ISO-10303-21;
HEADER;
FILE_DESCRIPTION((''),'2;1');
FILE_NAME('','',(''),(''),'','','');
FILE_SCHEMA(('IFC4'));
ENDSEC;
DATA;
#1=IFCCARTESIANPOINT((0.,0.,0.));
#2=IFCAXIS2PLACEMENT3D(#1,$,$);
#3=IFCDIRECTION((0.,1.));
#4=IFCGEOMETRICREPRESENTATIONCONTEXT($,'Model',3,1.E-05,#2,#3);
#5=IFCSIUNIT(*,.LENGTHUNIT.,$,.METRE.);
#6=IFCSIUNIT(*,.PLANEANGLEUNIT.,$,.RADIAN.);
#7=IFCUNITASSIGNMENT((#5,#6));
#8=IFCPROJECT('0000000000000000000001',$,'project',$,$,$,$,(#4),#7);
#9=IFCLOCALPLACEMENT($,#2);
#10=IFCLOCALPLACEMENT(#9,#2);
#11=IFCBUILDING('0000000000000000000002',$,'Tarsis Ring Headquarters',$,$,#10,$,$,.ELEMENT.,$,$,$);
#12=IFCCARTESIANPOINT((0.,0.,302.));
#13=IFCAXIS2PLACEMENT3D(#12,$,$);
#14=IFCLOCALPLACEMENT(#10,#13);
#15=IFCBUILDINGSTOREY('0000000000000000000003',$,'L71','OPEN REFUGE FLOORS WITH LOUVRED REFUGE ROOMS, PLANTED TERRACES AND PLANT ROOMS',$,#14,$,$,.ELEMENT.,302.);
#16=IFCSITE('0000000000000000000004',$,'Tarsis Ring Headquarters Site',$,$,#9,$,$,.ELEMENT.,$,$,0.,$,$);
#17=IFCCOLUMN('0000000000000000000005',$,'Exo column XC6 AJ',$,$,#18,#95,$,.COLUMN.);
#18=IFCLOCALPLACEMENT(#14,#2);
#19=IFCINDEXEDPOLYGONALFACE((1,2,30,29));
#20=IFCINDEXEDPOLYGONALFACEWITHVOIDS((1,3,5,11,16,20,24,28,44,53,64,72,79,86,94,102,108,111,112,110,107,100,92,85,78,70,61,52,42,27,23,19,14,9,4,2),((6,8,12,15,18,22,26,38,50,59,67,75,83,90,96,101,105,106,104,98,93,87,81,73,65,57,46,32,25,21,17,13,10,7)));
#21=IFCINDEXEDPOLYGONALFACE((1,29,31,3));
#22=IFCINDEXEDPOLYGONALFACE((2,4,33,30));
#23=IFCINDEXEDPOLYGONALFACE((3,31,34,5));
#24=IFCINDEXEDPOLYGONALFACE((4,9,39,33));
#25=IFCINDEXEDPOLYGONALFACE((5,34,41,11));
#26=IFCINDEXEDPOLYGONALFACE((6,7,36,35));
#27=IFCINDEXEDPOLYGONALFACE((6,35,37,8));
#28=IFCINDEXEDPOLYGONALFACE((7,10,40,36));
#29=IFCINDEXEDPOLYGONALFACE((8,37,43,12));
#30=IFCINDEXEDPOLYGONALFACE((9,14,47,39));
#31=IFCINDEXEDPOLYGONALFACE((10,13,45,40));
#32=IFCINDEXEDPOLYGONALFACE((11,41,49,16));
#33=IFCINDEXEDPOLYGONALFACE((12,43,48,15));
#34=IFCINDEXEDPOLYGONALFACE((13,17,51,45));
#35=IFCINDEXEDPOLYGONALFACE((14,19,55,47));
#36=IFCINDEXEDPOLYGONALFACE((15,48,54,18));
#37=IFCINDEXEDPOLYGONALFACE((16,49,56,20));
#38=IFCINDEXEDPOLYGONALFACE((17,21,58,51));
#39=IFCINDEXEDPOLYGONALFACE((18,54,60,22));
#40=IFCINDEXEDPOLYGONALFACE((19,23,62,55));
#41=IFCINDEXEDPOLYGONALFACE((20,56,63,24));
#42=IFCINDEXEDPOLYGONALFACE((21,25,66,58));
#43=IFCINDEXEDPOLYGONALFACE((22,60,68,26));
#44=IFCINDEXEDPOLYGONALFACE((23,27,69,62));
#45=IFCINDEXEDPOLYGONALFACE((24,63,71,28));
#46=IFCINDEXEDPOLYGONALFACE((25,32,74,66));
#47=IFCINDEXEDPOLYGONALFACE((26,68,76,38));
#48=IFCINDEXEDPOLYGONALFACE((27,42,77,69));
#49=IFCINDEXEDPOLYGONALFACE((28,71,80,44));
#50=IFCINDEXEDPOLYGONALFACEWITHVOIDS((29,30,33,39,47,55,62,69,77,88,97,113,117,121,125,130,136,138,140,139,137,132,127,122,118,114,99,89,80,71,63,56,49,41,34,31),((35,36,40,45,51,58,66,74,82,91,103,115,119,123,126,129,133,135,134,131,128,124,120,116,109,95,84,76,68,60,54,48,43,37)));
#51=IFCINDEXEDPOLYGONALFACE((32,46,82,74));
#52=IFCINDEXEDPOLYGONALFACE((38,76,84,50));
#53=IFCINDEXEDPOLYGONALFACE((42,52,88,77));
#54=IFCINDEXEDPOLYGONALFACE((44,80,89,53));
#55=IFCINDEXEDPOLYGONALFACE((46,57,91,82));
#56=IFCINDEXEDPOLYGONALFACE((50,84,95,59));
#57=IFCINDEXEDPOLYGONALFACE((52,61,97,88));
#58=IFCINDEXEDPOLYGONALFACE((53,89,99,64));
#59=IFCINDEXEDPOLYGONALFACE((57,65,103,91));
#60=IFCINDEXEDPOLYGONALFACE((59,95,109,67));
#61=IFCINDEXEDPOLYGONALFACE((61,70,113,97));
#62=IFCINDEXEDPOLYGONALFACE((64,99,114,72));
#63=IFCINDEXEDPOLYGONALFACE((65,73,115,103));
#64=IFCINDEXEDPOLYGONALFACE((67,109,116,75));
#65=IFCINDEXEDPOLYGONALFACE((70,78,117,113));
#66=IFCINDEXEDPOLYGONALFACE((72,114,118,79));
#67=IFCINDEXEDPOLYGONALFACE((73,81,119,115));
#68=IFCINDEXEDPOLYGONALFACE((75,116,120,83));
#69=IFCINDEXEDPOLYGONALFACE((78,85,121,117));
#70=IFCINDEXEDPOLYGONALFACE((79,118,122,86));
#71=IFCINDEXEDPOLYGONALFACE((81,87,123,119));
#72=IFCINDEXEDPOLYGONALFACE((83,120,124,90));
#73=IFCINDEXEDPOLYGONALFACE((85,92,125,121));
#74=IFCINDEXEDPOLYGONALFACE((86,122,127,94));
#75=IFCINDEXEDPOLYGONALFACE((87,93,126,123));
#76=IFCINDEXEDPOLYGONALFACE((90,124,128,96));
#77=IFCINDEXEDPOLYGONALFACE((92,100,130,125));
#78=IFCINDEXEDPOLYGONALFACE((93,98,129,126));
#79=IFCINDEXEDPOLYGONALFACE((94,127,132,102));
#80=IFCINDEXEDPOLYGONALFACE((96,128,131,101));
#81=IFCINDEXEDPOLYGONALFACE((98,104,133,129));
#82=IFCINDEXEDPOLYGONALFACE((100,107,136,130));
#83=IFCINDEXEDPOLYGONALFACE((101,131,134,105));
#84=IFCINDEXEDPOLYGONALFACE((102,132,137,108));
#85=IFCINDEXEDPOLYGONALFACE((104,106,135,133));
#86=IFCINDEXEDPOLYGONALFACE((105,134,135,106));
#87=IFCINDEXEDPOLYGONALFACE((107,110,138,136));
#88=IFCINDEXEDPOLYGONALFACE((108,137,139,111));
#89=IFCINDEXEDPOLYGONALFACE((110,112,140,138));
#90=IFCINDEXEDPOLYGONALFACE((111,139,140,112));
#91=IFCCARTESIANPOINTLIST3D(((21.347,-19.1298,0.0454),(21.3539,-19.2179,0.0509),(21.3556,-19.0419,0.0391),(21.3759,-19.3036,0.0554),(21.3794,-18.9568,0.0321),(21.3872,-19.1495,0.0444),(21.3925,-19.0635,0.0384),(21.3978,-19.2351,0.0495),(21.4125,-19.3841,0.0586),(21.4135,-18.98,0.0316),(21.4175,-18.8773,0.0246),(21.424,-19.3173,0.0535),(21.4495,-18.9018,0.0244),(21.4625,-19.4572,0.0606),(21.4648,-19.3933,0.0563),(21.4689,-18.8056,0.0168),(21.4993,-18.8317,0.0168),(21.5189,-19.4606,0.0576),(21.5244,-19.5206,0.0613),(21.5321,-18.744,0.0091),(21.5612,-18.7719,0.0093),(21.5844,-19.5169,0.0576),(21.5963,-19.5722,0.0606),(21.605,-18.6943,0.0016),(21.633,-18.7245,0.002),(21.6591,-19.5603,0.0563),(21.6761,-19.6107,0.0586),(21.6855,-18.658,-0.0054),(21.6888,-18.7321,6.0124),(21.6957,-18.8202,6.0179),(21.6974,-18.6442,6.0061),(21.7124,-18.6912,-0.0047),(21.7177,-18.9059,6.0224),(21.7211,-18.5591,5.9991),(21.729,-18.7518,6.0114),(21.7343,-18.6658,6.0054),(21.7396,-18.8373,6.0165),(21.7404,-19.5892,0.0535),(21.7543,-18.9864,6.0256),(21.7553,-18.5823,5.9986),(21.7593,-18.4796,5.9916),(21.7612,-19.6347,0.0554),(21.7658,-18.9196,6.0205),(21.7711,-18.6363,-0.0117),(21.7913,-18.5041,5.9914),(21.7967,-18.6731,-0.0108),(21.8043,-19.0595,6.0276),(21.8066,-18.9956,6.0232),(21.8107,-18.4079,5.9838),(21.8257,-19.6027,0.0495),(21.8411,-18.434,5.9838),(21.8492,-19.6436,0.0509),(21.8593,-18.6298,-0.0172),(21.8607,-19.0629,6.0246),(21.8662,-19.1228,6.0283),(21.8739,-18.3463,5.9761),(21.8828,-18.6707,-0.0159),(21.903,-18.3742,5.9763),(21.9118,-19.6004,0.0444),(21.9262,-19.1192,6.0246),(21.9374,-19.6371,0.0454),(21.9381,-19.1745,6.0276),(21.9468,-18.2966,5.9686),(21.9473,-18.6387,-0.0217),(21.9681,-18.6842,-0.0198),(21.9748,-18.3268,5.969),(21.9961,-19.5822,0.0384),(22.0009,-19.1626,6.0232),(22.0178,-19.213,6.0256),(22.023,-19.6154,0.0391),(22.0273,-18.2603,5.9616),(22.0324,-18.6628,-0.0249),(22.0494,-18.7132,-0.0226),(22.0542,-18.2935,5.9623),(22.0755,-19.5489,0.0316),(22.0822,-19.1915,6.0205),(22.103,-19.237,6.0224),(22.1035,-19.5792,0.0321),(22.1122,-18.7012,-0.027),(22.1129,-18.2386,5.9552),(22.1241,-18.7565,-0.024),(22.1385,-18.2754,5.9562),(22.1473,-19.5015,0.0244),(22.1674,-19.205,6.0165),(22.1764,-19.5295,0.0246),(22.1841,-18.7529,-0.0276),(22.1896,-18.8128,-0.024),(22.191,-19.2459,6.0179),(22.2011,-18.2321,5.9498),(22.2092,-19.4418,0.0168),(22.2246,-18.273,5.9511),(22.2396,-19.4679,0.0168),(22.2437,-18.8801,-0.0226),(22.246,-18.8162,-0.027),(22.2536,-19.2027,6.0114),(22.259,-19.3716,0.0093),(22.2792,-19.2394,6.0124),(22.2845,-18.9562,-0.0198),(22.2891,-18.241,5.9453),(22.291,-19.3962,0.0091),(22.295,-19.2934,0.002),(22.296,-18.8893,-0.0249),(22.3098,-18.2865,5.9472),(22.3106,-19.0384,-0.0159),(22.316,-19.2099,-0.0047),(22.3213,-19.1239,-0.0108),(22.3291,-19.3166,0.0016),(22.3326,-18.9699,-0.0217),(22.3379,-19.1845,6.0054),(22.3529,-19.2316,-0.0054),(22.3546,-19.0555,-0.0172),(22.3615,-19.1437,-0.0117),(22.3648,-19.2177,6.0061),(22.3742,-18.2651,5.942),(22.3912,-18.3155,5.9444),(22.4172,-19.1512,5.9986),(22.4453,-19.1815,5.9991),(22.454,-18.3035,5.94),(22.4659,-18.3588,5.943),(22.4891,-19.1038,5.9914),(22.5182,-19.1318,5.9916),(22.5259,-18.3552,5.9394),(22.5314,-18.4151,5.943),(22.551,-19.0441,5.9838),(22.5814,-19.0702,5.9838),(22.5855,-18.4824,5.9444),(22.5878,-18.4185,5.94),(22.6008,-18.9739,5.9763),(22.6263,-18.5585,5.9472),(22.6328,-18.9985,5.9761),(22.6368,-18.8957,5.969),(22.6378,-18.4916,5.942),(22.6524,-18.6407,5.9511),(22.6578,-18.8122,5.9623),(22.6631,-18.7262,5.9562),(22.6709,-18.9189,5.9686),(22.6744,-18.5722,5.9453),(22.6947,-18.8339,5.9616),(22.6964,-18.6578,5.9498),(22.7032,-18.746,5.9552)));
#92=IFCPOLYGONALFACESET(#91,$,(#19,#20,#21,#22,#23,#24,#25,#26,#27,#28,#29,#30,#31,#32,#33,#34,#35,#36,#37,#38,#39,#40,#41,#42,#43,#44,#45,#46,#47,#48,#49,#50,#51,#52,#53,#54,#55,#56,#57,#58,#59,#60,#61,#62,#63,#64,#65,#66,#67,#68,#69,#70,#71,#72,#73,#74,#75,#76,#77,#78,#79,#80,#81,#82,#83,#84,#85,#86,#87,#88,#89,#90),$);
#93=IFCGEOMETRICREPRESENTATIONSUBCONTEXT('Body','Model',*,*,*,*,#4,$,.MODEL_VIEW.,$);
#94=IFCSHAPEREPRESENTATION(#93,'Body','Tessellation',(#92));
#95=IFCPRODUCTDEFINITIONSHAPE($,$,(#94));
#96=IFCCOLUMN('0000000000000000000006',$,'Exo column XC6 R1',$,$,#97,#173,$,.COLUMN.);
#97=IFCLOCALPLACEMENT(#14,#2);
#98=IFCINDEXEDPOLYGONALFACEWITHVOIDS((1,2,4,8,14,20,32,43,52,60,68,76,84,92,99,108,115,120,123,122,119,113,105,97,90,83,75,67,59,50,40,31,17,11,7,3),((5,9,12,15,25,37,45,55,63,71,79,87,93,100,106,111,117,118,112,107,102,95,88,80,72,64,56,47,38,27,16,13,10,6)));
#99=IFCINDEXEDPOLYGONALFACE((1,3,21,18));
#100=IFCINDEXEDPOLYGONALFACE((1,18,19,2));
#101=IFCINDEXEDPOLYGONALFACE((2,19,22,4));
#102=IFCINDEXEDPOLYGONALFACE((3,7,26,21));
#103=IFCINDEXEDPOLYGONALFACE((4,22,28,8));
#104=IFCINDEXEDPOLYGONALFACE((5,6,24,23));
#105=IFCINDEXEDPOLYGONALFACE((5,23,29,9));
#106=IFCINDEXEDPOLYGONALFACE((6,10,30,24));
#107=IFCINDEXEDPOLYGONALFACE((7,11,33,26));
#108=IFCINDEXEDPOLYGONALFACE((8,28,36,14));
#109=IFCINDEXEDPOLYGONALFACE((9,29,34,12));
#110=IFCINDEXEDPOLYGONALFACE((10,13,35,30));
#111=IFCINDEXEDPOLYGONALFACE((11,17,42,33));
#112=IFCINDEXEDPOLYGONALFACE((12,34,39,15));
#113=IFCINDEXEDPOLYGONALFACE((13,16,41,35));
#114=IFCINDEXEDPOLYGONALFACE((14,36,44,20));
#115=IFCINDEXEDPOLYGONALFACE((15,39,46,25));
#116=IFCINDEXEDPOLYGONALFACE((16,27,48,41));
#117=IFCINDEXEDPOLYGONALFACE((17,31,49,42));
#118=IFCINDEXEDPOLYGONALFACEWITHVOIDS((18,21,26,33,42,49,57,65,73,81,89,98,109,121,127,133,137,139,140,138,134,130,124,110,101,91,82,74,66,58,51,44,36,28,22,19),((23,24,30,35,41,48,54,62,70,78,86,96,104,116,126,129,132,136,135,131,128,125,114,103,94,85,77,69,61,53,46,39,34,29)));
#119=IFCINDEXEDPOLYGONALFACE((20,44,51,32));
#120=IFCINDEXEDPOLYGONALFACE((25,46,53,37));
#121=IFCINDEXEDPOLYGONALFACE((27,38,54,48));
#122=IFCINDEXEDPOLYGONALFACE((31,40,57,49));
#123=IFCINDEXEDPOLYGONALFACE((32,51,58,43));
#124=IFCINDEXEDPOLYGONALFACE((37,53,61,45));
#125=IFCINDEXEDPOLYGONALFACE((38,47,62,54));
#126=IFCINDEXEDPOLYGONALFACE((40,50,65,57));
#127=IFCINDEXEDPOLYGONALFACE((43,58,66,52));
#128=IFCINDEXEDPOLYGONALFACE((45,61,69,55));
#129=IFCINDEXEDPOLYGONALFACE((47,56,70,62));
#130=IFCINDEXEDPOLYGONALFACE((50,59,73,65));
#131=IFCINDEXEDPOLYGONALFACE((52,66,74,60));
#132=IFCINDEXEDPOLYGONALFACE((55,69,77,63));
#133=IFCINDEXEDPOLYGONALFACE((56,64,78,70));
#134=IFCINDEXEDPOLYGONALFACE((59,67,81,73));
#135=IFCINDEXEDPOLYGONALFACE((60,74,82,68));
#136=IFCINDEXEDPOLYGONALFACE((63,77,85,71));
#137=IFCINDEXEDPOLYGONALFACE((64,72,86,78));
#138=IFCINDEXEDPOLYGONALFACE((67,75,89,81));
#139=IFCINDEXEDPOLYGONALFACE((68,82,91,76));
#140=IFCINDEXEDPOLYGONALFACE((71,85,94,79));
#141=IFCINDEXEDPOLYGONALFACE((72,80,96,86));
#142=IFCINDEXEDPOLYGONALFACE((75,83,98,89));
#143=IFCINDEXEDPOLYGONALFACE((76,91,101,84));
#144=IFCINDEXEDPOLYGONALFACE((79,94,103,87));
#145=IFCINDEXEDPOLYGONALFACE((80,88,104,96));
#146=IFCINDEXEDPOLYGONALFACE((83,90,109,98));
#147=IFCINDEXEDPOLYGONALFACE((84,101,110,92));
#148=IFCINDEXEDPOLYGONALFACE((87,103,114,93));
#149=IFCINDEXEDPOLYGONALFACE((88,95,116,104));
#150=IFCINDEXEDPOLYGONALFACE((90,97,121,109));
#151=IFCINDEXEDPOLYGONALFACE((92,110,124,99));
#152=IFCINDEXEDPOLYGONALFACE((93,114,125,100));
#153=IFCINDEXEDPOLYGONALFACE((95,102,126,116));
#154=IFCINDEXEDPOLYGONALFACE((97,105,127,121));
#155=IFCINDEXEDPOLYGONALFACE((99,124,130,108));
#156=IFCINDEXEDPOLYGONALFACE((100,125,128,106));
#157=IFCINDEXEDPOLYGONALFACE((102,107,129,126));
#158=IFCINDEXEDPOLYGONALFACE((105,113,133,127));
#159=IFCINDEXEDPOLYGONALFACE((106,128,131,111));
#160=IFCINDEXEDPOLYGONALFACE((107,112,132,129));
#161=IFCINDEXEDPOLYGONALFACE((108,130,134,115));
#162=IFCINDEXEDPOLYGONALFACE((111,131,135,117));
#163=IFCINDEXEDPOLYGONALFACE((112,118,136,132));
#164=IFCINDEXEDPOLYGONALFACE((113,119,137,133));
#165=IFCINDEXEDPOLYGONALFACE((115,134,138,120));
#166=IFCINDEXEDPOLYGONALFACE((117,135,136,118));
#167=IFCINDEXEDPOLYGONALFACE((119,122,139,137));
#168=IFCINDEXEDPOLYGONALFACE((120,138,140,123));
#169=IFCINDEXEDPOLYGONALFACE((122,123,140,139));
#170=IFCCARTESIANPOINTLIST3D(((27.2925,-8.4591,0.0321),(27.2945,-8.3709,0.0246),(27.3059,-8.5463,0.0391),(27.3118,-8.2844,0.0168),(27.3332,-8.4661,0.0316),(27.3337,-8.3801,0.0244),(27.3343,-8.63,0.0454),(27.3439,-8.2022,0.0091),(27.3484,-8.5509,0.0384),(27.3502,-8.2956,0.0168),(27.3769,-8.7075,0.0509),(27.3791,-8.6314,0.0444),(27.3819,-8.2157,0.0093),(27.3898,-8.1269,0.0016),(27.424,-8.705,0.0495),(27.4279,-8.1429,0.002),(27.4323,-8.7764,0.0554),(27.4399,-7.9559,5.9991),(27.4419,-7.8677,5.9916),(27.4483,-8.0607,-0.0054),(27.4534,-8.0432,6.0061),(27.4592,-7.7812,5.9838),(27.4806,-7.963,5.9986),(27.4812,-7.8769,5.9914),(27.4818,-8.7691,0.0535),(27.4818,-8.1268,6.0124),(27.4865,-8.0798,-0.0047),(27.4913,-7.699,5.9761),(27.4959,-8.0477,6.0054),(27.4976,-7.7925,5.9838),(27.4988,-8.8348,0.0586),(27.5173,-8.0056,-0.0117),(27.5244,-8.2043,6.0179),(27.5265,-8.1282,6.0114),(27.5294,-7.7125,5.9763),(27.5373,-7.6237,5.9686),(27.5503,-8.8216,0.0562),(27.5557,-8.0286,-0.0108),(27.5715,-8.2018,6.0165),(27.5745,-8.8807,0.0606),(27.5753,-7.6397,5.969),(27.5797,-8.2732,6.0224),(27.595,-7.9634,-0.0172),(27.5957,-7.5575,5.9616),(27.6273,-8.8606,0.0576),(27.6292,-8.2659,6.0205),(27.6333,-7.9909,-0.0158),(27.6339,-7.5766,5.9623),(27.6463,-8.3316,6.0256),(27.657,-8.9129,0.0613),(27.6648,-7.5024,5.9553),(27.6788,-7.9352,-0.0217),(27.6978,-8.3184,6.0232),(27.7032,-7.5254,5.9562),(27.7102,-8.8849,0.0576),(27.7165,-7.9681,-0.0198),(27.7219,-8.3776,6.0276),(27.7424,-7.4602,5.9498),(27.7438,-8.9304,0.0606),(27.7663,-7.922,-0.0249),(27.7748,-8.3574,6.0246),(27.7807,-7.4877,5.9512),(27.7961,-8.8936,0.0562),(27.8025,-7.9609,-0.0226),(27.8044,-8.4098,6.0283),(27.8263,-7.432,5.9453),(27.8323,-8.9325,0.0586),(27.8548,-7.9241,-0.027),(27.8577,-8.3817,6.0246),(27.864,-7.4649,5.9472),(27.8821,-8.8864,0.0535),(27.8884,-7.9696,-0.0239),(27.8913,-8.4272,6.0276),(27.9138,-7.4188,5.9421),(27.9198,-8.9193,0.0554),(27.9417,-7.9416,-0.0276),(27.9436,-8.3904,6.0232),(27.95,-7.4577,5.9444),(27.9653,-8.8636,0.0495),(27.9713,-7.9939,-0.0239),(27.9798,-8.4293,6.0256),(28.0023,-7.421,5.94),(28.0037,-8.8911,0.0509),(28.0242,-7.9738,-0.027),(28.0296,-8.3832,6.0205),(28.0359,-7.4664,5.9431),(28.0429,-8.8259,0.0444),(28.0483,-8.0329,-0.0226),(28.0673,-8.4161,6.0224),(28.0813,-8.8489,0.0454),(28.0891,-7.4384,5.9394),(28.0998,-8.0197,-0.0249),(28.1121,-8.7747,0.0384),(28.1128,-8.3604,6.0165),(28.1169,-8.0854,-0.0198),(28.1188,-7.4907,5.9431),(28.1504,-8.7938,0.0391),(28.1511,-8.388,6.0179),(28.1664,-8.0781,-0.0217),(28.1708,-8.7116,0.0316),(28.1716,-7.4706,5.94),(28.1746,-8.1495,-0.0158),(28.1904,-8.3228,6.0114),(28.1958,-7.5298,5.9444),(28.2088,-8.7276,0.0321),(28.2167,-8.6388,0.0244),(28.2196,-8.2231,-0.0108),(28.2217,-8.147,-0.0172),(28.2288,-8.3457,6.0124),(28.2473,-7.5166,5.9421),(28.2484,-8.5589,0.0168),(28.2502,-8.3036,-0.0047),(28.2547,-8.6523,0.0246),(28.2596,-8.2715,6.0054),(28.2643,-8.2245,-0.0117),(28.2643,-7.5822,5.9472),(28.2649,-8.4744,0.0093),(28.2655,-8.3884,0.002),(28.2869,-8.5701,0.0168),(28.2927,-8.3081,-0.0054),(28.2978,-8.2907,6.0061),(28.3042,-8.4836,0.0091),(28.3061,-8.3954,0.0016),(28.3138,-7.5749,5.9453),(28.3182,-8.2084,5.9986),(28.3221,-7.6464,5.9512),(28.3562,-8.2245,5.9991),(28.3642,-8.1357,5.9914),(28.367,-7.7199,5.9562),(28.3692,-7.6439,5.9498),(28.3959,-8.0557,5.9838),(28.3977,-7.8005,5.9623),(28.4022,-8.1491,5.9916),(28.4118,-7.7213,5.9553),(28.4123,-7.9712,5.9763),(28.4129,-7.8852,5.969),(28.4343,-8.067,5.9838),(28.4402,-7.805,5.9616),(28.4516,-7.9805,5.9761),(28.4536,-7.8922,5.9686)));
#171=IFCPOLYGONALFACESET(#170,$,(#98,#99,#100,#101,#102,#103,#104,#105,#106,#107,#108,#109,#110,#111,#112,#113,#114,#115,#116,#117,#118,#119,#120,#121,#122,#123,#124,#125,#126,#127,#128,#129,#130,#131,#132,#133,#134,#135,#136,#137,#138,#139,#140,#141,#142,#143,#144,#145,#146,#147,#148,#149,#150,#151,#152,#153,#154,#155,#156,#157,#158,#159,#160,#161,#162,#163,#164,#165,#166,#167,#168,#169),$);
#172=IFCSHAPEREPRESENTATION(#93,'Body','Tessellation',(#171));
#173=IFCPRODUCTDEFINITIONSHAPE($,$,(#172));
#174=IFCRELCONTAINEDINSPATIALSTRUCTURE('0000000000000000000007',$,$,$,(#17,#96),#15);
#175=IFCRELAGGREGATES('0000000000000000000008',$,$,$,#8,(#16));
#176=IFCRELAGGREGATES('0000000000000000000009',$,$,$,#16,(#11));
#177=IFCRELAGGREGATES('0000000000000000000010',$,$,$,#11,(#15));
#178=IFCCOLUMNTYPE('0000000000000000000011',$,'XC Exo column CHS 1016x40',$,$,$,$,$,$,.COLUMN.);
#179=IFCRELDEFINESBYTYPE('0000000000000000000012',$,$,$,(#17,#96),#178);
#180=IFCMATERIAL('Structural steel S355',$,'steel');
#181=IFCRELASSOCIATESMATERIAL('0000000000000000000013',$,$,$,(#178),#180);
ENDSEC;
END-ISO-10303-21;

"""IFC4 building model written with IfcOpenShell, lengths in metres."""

from ifc_helpers import new_model, si_unit, direction, frame, origin, origin_2d, place, context, subcontext, project, spatial, hollow_circle, extrude, material, material_profile, profile_set, type_object, element, save


model = new_model("IFC4")

# Units and contexts
model_context = context("Model", 3, precision=1e-05, world=origin(), true_north=direction((0.0, 1.0)))
body_context = subcontext(model_context, "Body", "Model", "MODEL_VIEW")
ifc_project = project(units=[si_unit("LENGTHUNIT", "METRE"), si_unit("PLANEANGLEUNIT", "RADIAN")], contexts=[model_context])

# Site, building, storey
site_placement = place(None, origin())
site = spatial("IfcSite", under=ifc_project, at=site_placement, Name="Tarsis Ring Headquarters Site", CompositionType="ELEMENT", RefElevation=0.0)
building_placement = place(site_placement, origin())
building = spatial("IfcBuilding", under=site, at=building_placement, Name="Tarsis Ring Headquarters", CompositionType="ELEMENT")
storey_placement = place(building_placement, frame((0.0, 0.0, 302.0)))
storey = spatial("IfcBuildingStorey", under=building, at=storey_placement, Name="L71", Description="OPEN REFUGE FLOORS WITH LOUVRED REFUGE ROOMS, PLANTED TERRACES AND PLANT ROOMS", CompositionType="ELEMENT", Elevation=302.0)

# Columns
ifc_material_1 = material(Name="Structural steel S355", Category="steel")
ifc_material_profile_1 = material_profile(ifc_material_1, hollow_circle(Radius=0.5081, WallThickness=0.04, at=origin_2d()), Name="CHS 1016x40")
ifc_profile_set_1 = profile_set([ifc_material_profile_1], Name="Structural steel S355")
column_type = type_object("IfcColumnType", Name="XC Exo column CHS 1016x40", PredefinedType="COLUMN", material=ifc_profile_set_1)
for number, where, z_axis, x_axis, name in (
    (1, (21.8542, -19.1367, 0.0168), (0.057061, 0.066394, 0.996161), (-0.758402, 0.651788, 0.0), "Exo column XC6 AJ"),
    (2, (27.7993, -8.4272, 0.0168), (0.024618, 0.084002, 0.996161), (-0.959639, 0.281233, 0.0), "Exo column XC6 R1"),
):
    element("IfcColumn", number, at=place(storey_placement, frame(where, z_axis=z_axis, x_axis=x_axis)), inside=storey, type_object=column_type, Name=name, PredefinedType="COLUMN", context=body_context, shape_type="SweptSolid", body=[
        extrude(hollow_circle(Radius=0.5081, WallThickness=0.04, at=origin_2d()), origin(), (0.0, 0.0, 1.0), 5.99),
    ])

save(model, "model.ifc")
